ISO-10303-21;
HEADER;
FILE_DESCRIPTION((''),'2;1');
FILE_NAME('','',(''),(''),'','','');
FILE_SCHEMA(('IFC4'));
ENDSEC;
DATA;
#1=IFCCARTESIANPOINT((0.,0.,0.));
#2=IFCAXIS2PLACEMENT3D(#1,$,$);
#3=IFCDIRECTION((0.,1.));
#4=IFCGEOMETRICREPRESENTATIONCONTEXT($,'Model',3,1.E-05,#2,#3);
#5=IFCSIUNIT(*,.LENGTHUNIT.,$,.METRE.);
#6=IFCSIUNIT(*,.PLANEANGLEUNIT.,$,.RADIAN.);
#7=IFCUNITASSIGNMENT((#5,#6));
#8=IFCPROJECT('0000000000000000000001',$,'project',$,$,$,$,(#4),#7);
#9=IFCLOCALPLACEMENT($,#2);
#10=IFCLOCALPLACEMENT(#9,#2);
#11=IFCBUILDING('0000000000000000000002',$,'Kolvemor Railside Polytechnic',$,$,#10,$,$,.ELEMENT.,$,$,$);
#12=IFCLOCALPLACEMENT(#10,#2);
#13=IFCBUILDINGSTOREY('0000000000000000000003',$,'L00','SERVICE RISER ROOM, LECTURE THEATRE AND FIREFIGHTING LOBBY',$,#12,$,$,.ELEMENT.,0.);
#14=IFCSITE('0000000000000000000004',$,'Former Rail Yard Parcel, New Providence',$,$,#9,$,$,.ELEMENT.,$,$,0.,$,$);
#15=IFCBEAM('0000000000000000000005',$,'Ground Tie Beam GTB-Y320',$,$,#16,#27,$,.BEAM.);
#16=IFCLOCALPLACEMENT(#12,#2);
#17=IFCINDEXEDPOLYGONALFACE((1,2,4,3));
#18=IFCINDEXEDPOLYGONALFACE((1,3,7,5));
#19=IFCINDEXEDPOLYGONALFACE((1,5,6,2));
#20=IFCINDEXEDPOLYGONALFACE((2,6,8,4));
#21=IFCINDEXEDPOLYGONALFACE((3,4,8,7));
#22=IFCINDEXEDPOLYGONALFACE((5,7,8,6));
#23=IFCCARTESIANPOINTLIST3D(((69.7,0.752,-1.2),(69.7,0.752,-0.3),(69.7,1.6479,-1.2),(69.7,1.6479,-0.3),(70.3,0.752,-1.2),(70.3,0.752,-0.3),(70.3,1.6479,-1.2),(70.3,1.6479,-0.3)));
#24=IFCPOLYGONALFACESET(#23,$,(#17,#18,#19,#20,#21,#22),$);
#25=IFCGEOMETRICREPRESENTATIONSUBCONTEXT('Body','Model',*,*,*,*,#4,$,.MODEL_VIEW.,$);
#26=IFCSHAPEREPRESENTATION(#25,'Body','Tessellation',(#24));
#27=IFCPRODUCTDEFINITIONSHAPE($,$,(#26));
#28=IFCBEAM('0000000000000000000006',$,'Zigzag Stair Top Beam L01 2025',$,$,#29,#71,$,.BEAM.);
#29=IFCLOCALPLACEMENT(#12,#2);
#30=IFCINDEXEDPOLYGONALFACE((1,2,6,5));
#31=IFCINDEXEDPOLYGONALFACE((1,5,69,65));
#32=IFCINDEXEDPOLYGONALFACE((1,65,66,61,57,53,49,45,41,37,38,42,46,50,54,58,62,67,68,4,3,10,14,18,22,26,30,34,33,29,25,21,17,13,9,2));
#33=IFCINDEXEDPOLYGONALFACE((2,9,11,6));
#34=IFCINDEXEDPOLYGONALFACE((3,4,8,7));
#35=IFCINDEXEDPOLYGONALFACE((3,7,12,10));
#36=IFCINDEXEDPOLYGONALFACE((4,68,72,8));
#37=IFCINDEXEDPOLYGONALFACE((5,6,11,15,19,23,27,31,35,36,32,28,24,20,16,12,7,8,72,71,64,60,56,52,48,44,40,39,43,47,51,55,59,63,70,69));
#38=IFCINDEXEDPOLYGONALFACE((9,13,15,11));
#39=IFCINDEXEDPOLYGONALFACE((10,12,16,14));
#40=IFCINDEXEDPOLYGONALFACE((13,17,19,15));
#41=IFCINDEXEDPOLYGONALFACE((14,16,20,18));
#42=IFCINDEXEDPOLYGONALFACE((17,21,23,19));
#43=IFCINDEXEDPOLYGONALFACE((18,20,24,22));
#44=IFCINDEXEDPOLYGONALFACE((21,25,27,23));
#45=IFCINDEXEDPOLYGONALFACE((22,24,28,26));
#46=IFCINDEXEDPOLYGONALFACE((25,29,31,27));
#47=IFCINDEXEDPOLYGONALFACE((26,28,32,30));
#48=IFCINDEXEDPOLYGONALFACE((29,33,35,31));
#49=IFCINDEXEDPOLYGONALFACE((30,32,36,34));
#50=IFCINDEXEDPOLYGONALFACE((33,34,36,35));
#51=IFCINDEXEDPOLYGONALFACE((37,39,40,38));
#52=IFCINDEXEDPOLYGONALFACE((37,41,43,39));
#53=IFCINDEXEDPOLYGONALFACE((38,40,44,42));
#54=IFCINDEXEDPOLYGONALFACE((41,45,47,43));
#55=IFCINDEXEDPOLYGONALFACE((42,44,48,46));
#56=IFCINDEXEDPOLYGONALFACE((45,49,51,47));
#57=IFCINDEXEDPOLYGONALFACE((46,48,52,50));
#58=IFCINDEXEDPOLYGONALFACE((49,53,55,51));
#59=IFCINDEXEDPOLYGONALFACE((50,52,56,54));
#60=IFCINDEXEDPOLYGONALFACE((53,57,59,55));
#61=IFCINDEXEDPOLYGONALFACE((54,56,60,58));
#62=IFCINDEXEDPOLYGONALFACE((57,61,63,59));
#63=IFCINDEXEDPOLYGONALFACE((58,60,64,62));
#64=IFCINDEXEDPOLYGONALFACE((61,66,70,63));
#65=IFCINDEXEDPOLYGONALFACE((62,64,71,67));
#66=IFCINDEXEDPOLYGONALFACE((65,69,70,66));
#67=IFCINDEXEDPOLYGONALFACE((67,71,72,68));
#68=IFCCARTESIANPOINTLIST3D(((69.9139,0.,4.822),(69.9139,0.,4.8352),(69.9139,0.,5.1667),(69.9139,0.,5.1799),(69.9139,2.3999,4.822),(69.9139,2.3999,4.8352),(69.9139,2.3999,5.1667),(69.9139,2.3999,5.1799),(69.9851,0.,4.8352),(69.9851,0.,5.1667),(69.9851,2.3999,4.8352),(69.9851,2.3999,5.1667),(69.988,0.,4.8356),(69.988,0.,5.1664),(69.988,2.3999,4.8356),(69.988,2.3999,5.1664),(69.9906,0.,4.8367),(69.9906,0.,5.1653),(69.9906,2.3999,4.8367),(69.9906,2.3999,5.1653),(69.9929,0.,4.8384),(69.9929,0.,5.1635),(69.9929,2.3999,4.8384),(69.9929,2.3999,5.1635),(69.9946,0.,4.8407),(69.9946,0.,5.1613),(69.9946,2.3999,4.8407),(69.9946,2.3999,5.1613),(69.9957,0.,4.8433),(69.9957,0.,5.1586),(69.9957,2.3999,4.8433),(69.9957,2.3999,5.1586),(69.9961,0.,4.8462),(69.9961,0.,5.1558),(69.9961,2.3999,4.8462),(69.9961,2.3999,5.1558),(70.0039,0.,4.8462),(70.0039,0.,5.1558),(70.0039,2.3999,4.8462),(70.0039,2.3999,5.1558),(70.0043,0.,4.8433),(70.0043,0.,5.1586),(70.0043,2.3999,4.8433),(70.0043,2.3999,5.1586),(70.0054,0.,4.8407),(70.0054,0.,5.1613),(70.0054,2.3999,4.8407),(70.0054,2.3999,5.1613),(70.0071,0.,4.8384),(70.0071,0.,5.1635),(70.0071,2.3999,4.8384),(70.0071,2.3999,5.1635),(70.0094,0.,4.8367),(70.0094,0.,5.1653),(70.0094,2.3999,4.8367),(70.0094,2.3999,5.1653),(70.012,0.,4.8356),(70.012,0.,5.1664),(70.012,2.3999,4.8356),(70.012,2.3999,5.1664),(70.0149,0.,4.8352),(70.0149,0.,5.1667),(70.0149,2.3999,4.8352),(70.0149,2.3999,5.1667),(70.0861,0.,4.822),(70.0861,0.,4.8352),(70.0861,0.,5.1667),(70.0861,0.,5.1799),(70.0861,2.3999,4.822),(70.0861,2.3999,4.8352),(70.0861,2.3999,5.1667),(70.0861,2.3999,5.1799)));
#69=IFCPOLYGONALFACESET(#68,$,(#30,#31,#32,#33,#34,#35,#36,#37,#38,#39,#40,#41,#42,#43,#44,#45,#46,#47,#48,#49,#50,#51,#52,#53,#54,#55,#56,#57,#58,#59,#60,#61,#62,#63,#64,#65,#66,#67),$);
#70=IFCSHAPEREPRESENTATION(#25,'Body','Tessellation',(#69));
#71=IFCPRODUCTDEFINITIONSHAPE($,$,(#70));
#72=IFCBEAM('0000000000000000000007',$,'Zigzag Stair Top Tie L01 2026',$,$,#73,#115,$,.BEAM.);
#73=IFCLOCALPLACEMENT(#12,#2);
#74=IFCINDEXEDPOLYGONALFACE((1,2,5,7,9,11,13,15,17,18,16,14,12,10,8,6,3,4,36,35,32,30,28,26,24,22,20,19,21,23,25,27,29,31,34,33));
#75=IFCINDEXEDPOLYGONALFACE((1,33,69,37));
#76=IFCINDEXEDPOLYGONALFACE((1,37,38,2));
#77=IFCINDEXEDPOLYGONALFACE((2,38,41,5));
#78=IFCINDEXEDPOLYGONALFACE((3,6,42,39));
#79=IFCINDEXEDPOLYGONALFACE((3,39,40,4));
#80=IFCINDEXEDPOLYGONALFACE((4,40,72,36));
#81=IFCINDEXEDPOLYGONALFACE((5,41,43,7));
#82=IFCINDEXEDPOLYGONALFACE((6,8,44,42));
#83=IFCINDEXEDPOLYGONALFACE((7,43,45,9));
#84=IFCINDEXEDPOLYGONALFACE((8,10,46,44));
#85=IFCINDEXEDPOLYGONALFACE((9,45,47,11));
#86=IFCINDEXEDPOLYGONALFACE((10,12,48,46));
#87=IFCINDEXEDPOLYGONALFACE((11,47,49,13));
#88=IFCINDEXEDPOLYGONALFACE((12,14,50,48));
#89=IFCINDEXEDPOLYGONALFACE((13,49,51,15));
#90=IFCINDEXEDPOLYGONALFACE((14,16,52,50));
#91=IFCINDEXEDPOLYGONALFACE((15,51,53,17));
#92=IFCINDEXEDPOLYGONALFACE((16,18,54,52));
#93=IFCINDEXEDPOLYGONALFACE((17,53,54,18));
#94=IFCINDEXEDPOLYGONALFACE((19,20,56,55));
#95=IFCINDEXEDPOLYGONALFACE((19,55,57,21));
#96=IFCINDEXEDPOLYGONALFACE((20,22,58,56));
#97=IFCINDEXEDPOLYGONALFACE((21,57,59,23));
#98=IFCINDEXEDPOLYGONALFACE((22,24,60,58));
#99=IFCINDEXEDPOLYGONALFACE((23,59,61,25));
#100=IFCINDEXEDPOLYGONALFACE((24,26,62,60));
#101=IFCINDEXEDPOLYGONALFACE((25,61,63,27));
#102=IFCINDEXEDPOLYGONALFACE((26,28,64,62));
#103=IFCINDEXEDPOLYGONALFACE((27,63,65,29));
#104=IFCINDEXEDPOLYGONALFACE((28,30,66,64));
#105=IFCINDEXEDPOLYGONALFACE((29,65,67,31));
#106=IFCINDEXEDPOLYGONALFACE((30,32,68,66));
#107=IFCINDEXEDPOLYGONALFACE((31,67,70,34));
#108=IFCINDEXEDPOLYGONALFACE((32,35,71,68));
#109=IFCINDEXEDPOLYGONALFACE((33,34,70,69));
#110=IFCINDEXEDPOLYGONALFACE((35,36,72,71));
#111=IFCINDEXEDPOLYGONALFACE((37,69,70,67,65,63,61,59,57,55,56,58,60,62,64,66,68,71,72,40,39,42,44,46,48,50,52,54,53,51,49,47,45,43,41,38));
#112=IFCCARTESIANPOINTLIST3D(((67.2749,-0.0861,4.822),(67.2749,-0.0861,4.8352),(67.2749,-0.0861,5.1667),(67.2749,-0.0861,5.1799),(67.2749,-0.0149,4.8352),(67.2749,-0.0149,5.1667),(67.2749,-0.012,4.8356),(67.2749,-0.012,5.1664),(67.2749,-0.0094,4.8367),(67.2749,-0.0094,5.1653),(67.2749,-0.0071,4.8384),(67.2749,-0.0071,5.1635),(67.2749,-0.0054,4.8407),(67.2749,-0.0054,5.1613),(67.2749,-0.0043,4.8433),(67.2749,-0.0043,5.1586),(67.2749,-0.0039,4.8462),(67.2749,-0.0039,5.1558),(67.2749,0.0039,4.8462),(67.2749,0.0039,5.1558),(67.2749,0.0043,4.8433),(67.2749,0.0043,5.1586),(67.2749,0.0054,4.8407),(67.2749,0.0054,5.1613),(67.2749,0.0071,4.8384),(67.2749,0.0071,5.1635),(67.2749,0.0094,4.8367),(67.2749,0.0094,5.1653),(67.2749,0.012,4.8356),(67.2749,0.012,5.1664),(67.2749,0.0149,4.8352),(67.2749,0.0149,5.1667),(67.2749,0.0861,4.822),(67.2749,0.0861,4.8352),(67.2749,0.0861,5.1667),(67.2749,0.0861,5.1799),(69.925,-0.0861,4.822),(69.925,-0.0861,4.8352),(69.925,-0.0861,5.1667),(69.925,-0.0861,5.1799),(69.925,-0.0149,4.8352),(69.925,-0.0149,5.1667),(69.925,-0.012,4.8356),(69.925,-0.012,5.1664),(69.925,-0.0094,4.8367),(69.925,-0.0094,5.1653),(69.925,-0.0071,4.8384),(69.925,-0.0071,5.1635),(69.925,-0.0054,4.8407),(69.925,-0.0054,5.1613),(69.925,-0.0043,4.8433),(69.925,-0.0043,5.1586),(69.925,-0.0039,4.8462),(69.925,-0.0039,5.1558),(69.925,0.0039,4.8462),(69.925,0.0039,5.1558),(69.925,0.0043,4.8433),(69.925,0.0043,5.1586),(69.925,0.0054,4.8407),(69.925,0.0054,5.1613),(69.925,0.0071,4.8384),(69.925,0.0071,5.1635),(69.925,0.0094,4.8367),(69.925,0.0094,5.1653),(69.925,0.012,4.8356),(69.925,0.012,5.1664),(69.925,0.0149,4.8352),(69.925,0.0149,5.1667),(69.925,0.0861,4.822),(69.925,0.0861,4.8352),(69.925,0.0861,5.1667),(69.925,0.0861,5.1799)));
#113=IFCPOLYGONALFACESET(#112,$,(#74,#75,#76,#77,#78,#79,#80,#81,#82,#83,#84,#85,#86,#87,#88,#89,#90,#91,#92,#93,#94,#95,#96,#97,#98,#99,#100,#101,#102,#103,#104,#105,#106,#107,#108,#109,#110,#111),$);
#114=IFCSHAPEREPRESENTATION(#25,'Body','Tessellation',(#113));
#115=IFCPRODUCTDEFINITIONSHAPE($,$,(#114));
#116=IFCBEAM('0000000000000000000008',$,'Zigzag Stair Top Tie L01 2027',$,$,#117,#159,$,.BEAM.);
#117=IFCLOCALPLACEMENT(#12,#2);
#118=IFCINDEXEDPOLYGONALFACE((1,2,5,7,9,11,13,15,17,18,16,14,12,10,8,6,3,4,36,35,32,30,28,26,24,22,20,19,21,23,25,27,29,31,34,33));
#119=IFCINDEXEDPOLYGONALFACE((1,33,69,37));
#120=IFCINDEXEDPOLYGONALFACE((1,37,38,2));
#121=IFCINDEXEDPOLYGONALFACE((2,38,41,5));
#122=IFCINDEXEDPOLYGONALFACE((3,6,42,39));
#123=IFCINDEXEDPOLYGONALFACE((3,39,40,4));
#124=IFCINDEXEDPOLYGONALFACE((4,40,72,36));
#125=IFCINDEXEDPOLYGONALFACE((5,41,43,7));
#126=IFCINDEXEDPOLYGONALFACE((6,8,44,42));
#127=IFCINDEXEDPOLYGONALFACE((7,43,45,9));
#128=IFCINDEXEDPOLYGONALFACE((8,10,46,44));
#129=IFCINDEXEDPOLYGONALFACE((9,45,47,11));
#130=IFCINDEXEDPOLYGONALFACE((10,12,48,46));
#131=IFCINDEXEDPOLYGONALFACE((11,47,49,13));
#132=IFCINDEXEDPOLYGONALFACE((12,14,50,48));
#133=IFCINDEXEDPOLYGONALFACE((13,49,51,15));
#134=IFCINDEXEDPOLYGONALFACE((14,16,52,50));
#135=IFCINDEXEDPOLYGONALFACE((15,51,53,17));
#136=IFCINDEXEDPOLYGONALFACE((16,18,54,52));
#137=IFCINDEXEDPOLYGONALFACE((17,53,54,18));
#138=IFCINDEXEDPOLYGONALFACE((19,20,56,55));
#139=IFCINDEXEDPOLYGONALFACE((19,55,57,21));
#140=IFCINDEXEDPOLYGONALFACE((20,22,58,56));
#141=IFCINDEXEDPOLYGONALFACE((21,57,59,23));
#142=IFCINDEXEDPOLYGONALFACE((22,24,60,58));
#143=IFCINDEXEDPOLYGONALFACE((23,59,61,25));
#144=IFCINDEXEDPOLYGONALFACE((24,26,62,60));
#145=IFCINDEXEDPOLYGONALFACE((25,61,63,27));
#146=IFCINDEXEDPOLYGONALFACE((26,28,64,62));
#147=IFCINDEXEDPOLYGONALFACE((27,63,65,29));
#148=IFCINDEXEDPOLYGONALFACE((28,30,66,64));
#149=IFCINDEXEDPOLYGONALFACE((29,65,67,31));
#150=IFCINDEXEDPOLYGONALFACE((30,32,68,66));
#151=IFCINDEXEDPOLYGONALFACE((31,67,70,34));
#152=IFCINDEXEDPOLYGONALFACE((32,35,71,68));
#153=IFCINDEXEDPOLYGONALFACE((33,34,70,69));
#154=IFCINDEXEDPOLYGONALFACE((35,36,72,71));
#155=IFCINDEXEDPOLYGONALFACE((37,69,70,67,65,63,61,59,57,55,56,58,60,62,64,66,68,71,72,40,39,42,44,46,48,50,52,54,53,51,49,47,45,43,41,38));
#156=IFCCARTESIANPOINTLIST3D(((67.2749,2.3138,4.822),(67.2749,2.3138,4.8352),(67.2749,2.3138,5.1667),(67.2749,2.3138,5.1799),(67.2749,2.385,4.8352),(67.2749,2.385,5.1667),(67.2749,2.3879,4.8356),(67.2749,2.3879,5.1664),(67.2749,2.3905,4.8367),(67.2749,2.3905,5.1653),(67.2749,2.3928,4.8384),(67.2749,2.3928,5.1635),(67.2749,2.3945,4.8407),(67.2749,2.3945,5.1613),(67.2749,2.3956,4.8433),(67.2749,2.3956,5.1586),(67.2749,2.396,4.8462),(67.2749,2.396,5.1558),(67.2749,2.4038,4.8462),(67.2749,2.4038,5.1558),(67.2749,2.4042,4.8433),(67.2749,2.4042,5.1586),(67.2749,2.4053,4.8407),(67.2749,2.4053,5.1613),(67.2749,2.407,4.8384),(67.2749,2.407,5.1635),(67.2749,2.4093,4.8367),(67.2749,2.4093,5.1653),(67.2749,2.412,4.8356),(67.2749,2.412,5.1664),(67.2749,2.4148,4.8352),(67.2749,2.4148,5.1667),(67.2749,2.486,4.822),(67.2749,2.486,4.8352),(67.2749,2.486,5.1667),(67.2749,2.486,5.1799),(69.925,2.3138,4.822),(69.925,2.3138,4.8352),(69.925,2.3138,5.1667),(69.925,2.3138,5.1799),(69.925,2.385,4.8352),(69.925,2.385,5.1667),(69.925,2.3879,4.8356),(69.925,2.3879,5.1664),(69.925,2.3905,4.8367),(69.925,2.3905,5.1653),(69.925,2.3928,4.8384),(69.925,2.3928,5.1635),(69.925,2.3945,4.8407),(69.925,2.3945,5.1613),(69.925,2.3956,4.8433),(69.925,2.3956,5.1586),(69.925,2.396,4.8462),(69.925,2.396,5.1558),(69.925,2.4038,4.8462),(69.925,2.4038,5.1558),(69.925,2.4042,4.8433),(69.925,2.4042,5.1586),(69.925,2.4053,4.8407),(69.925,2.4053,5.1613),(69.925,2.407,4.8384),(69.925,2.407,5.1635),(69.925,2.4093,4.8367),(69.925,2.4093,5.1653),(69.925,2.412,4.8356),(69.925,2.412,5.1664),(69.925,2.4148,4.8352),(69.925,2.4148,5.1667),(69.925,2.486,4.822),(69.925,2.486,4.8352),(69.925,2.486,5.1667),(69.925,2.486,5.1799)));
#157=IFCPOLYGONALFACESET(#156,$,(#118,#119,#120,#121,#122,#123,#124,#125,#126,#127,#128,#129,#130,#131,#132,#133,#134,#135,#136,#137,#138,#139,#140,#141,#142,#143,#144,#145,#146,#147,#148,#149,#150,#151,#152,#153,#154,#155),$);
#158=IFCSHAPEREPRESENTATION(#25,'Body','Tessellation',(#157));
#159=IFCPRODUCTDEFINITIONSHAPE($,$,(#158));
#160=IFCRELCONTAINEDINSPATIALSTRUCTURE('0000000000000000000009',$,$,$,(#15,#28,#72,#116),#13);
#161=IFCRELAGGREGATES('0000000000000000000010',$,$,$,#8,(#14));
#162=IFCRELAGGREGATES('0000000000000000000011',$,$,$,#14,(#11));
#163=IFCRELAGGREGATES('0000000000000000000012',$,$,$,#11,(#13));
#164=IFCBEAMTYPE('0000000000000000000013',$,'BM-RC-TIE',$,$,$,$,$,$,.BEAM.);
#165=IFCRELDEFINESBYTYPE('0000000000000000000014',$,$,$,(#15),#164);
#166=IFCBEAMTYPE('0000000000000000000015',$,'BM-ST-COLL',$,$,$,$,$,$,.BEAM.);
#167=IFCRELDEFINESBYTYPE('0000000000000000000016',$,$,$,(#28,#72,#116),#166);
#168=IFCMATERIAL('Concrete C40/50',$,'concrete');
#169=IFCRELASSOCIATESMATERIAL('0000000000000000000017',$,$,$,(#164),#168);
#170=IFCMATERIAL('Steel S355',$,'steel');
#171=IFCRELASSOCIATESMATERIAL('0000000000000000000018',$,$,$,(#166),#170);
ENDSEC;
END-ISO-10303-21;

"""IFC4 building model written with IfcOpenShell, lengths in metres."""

from ifc_helpers import new_model, si_unit, direction, frame, origin, origin_2d, place, context, subcontext, project, spatial, rectangle, i_section, extrude, material, material_profile, profile_set, type_object, element, save


model = new_model("IFC4")

# Units and contexts
model_context = context("Model", 3, precision=1e-05, world=origin(), true_north=direction((0.0, 1.0)))
body_context = subcontext(model_context, "Body", "Model", "MODEL_VIEW")
ifc_project = project(units=[si_unit("LENGTHUNIT", "METRE"), si_unit("PLANEANGLEUNIT", "RADIAN")], contexts=[model_context])

# Site, building, storey
site_placement = place(None, origin())
site = spatial("IfcSite", under=ifc_project, at=site_placement, Name="Former Rail Yard Parcel, New Providence", CompositionType="ELEMENT", RefElevation=0.0)
building_placement = place(site_placement, origin())
building = spatial("IfcBuilding", under=site, at=building_placement, Name="Kolvemor Railside Polytechnic", CompositionType="ELEMENT")
storey_placement = place(building_placement, origin())
storey = spatial("IfcBuildingStorey", under=building, at=storey_placement, Name="L00", Description="SERVICE RISER ROOM, LECTURE THEATRE AND FIREFIGHTING LOBBY", CompositionType="ELEMENT", Elevation=0.0)

# Beams
ifc_material_1 = material(Name="Concrete C40/50", Category="concrete")
ifc_material_profile_1 = material_profile(ifc_material_1, rectangle(XDim=0.6001, YDim=0.8999, at=origin_2d()), Name="RC600x900")
ifc_profile_set_1 = profile_set([ifc_material_profile_1], Name="Concrete C40/50")
beam_type_1 = type_object("IfcBeamType", Name="BM-RC-TIE", PredefinedType="BEAM", material=ifc_profile_set_1)
beam_1_placement = place(storey_placement, frame((70.0, 0.752, -0.75), z_axis=(0.0, 1.0, 0.0), x_axis=(-1.0, 0.0, 0.0)))
element("IfcBeam", 1, at=beam_1_placement, inside=storey, type_object=beam_type_1, Name="Ground Tie Beam GTB-Y320", PredefinedType="BEAM", context=body_context, shape_type="SweptSolid", body=[
    extrude(rectangle(XDim=0.6001, YDim=0.8999, at=origin_2d()), origin(), (0.0, 0.0, 1.0), 0.896),
])
ifc_material_2 = material(Name="Steel S355", Category="steel")
ifc_material_profile_2 = material_profile(ifc_material_2, i_section(OverallWidth=0.1721, OverallDepth=0.3579, WebThickness=0.0078, FlangeThickness=0.0132, FilletRadius=0.011, at=origin_2d()), Name="W360x57")
ifc_profile_set_2 = profile_set([ifc_material_profile_2], Name="Steel S355")
beam_type_2 = type_object("IfcBeamType", Name="BM-ST-COLL", PredefinedType="BEAM", material=ifc_profile_set_2)
beam_2_placement = place(storey_placement, frame((70.0, 0.0, 5.001), z_axis=(0.0, 1.0, 0.0), x_axis=(-1.0, 0.0, 0.0)))
element("IfcBeam", 2, at=beam_2_placement, inside=storey, type_object=beam_type_2, Name="Zigzag Stair Top Beam L01 2025", PredefinedType="BEAM", context=body_context, shape_type="SweptSolid", body=[
    extrude(i_section(OverallWidth=0.1721, OverallDepth=0.3579, WebThickness=0.0078, FlangeThickness=0.0132, FilletRadius=0.011, at=origin_2d()), origin(), (0.0, 0.0, 1.0), 2.3999),
])
for number, where, z_axis, x_axis, name in (
    (3, (67.2749, 0.0, 5.001), (1.0, 0.0, 0.0), (0.0, 1.0, 0.0), "Zigzag Stair Top Tie L01 2026"),
    (4, (67.2749, 2.3999, 5.001), (1.0, 0.0, 0.0), (0.0, 1.0, 0.0), "Zigzag Stair Top Tie L01 2027"),
):
    element("IfcBeam", number, at=place(storey_placement, frame(where, z_axis=z_axis, x_axis=x_axis)), inside=storey, type_object=beam_type_2, Name=name, PredefinedType="BEAM", context=body_context, shape_type="SweptSolid", body=[
        extrude(i_section(OverallWidth=0.1721, OverallDepth=0.3579, WebThickness=0.0078, FlangeThickness=0.0132, FilletRadius=0.011, at=origin_2d()), origin(), (0.0, 0.0, 1.0), 2.6501),
    ])

save(model, "model.ifc")
